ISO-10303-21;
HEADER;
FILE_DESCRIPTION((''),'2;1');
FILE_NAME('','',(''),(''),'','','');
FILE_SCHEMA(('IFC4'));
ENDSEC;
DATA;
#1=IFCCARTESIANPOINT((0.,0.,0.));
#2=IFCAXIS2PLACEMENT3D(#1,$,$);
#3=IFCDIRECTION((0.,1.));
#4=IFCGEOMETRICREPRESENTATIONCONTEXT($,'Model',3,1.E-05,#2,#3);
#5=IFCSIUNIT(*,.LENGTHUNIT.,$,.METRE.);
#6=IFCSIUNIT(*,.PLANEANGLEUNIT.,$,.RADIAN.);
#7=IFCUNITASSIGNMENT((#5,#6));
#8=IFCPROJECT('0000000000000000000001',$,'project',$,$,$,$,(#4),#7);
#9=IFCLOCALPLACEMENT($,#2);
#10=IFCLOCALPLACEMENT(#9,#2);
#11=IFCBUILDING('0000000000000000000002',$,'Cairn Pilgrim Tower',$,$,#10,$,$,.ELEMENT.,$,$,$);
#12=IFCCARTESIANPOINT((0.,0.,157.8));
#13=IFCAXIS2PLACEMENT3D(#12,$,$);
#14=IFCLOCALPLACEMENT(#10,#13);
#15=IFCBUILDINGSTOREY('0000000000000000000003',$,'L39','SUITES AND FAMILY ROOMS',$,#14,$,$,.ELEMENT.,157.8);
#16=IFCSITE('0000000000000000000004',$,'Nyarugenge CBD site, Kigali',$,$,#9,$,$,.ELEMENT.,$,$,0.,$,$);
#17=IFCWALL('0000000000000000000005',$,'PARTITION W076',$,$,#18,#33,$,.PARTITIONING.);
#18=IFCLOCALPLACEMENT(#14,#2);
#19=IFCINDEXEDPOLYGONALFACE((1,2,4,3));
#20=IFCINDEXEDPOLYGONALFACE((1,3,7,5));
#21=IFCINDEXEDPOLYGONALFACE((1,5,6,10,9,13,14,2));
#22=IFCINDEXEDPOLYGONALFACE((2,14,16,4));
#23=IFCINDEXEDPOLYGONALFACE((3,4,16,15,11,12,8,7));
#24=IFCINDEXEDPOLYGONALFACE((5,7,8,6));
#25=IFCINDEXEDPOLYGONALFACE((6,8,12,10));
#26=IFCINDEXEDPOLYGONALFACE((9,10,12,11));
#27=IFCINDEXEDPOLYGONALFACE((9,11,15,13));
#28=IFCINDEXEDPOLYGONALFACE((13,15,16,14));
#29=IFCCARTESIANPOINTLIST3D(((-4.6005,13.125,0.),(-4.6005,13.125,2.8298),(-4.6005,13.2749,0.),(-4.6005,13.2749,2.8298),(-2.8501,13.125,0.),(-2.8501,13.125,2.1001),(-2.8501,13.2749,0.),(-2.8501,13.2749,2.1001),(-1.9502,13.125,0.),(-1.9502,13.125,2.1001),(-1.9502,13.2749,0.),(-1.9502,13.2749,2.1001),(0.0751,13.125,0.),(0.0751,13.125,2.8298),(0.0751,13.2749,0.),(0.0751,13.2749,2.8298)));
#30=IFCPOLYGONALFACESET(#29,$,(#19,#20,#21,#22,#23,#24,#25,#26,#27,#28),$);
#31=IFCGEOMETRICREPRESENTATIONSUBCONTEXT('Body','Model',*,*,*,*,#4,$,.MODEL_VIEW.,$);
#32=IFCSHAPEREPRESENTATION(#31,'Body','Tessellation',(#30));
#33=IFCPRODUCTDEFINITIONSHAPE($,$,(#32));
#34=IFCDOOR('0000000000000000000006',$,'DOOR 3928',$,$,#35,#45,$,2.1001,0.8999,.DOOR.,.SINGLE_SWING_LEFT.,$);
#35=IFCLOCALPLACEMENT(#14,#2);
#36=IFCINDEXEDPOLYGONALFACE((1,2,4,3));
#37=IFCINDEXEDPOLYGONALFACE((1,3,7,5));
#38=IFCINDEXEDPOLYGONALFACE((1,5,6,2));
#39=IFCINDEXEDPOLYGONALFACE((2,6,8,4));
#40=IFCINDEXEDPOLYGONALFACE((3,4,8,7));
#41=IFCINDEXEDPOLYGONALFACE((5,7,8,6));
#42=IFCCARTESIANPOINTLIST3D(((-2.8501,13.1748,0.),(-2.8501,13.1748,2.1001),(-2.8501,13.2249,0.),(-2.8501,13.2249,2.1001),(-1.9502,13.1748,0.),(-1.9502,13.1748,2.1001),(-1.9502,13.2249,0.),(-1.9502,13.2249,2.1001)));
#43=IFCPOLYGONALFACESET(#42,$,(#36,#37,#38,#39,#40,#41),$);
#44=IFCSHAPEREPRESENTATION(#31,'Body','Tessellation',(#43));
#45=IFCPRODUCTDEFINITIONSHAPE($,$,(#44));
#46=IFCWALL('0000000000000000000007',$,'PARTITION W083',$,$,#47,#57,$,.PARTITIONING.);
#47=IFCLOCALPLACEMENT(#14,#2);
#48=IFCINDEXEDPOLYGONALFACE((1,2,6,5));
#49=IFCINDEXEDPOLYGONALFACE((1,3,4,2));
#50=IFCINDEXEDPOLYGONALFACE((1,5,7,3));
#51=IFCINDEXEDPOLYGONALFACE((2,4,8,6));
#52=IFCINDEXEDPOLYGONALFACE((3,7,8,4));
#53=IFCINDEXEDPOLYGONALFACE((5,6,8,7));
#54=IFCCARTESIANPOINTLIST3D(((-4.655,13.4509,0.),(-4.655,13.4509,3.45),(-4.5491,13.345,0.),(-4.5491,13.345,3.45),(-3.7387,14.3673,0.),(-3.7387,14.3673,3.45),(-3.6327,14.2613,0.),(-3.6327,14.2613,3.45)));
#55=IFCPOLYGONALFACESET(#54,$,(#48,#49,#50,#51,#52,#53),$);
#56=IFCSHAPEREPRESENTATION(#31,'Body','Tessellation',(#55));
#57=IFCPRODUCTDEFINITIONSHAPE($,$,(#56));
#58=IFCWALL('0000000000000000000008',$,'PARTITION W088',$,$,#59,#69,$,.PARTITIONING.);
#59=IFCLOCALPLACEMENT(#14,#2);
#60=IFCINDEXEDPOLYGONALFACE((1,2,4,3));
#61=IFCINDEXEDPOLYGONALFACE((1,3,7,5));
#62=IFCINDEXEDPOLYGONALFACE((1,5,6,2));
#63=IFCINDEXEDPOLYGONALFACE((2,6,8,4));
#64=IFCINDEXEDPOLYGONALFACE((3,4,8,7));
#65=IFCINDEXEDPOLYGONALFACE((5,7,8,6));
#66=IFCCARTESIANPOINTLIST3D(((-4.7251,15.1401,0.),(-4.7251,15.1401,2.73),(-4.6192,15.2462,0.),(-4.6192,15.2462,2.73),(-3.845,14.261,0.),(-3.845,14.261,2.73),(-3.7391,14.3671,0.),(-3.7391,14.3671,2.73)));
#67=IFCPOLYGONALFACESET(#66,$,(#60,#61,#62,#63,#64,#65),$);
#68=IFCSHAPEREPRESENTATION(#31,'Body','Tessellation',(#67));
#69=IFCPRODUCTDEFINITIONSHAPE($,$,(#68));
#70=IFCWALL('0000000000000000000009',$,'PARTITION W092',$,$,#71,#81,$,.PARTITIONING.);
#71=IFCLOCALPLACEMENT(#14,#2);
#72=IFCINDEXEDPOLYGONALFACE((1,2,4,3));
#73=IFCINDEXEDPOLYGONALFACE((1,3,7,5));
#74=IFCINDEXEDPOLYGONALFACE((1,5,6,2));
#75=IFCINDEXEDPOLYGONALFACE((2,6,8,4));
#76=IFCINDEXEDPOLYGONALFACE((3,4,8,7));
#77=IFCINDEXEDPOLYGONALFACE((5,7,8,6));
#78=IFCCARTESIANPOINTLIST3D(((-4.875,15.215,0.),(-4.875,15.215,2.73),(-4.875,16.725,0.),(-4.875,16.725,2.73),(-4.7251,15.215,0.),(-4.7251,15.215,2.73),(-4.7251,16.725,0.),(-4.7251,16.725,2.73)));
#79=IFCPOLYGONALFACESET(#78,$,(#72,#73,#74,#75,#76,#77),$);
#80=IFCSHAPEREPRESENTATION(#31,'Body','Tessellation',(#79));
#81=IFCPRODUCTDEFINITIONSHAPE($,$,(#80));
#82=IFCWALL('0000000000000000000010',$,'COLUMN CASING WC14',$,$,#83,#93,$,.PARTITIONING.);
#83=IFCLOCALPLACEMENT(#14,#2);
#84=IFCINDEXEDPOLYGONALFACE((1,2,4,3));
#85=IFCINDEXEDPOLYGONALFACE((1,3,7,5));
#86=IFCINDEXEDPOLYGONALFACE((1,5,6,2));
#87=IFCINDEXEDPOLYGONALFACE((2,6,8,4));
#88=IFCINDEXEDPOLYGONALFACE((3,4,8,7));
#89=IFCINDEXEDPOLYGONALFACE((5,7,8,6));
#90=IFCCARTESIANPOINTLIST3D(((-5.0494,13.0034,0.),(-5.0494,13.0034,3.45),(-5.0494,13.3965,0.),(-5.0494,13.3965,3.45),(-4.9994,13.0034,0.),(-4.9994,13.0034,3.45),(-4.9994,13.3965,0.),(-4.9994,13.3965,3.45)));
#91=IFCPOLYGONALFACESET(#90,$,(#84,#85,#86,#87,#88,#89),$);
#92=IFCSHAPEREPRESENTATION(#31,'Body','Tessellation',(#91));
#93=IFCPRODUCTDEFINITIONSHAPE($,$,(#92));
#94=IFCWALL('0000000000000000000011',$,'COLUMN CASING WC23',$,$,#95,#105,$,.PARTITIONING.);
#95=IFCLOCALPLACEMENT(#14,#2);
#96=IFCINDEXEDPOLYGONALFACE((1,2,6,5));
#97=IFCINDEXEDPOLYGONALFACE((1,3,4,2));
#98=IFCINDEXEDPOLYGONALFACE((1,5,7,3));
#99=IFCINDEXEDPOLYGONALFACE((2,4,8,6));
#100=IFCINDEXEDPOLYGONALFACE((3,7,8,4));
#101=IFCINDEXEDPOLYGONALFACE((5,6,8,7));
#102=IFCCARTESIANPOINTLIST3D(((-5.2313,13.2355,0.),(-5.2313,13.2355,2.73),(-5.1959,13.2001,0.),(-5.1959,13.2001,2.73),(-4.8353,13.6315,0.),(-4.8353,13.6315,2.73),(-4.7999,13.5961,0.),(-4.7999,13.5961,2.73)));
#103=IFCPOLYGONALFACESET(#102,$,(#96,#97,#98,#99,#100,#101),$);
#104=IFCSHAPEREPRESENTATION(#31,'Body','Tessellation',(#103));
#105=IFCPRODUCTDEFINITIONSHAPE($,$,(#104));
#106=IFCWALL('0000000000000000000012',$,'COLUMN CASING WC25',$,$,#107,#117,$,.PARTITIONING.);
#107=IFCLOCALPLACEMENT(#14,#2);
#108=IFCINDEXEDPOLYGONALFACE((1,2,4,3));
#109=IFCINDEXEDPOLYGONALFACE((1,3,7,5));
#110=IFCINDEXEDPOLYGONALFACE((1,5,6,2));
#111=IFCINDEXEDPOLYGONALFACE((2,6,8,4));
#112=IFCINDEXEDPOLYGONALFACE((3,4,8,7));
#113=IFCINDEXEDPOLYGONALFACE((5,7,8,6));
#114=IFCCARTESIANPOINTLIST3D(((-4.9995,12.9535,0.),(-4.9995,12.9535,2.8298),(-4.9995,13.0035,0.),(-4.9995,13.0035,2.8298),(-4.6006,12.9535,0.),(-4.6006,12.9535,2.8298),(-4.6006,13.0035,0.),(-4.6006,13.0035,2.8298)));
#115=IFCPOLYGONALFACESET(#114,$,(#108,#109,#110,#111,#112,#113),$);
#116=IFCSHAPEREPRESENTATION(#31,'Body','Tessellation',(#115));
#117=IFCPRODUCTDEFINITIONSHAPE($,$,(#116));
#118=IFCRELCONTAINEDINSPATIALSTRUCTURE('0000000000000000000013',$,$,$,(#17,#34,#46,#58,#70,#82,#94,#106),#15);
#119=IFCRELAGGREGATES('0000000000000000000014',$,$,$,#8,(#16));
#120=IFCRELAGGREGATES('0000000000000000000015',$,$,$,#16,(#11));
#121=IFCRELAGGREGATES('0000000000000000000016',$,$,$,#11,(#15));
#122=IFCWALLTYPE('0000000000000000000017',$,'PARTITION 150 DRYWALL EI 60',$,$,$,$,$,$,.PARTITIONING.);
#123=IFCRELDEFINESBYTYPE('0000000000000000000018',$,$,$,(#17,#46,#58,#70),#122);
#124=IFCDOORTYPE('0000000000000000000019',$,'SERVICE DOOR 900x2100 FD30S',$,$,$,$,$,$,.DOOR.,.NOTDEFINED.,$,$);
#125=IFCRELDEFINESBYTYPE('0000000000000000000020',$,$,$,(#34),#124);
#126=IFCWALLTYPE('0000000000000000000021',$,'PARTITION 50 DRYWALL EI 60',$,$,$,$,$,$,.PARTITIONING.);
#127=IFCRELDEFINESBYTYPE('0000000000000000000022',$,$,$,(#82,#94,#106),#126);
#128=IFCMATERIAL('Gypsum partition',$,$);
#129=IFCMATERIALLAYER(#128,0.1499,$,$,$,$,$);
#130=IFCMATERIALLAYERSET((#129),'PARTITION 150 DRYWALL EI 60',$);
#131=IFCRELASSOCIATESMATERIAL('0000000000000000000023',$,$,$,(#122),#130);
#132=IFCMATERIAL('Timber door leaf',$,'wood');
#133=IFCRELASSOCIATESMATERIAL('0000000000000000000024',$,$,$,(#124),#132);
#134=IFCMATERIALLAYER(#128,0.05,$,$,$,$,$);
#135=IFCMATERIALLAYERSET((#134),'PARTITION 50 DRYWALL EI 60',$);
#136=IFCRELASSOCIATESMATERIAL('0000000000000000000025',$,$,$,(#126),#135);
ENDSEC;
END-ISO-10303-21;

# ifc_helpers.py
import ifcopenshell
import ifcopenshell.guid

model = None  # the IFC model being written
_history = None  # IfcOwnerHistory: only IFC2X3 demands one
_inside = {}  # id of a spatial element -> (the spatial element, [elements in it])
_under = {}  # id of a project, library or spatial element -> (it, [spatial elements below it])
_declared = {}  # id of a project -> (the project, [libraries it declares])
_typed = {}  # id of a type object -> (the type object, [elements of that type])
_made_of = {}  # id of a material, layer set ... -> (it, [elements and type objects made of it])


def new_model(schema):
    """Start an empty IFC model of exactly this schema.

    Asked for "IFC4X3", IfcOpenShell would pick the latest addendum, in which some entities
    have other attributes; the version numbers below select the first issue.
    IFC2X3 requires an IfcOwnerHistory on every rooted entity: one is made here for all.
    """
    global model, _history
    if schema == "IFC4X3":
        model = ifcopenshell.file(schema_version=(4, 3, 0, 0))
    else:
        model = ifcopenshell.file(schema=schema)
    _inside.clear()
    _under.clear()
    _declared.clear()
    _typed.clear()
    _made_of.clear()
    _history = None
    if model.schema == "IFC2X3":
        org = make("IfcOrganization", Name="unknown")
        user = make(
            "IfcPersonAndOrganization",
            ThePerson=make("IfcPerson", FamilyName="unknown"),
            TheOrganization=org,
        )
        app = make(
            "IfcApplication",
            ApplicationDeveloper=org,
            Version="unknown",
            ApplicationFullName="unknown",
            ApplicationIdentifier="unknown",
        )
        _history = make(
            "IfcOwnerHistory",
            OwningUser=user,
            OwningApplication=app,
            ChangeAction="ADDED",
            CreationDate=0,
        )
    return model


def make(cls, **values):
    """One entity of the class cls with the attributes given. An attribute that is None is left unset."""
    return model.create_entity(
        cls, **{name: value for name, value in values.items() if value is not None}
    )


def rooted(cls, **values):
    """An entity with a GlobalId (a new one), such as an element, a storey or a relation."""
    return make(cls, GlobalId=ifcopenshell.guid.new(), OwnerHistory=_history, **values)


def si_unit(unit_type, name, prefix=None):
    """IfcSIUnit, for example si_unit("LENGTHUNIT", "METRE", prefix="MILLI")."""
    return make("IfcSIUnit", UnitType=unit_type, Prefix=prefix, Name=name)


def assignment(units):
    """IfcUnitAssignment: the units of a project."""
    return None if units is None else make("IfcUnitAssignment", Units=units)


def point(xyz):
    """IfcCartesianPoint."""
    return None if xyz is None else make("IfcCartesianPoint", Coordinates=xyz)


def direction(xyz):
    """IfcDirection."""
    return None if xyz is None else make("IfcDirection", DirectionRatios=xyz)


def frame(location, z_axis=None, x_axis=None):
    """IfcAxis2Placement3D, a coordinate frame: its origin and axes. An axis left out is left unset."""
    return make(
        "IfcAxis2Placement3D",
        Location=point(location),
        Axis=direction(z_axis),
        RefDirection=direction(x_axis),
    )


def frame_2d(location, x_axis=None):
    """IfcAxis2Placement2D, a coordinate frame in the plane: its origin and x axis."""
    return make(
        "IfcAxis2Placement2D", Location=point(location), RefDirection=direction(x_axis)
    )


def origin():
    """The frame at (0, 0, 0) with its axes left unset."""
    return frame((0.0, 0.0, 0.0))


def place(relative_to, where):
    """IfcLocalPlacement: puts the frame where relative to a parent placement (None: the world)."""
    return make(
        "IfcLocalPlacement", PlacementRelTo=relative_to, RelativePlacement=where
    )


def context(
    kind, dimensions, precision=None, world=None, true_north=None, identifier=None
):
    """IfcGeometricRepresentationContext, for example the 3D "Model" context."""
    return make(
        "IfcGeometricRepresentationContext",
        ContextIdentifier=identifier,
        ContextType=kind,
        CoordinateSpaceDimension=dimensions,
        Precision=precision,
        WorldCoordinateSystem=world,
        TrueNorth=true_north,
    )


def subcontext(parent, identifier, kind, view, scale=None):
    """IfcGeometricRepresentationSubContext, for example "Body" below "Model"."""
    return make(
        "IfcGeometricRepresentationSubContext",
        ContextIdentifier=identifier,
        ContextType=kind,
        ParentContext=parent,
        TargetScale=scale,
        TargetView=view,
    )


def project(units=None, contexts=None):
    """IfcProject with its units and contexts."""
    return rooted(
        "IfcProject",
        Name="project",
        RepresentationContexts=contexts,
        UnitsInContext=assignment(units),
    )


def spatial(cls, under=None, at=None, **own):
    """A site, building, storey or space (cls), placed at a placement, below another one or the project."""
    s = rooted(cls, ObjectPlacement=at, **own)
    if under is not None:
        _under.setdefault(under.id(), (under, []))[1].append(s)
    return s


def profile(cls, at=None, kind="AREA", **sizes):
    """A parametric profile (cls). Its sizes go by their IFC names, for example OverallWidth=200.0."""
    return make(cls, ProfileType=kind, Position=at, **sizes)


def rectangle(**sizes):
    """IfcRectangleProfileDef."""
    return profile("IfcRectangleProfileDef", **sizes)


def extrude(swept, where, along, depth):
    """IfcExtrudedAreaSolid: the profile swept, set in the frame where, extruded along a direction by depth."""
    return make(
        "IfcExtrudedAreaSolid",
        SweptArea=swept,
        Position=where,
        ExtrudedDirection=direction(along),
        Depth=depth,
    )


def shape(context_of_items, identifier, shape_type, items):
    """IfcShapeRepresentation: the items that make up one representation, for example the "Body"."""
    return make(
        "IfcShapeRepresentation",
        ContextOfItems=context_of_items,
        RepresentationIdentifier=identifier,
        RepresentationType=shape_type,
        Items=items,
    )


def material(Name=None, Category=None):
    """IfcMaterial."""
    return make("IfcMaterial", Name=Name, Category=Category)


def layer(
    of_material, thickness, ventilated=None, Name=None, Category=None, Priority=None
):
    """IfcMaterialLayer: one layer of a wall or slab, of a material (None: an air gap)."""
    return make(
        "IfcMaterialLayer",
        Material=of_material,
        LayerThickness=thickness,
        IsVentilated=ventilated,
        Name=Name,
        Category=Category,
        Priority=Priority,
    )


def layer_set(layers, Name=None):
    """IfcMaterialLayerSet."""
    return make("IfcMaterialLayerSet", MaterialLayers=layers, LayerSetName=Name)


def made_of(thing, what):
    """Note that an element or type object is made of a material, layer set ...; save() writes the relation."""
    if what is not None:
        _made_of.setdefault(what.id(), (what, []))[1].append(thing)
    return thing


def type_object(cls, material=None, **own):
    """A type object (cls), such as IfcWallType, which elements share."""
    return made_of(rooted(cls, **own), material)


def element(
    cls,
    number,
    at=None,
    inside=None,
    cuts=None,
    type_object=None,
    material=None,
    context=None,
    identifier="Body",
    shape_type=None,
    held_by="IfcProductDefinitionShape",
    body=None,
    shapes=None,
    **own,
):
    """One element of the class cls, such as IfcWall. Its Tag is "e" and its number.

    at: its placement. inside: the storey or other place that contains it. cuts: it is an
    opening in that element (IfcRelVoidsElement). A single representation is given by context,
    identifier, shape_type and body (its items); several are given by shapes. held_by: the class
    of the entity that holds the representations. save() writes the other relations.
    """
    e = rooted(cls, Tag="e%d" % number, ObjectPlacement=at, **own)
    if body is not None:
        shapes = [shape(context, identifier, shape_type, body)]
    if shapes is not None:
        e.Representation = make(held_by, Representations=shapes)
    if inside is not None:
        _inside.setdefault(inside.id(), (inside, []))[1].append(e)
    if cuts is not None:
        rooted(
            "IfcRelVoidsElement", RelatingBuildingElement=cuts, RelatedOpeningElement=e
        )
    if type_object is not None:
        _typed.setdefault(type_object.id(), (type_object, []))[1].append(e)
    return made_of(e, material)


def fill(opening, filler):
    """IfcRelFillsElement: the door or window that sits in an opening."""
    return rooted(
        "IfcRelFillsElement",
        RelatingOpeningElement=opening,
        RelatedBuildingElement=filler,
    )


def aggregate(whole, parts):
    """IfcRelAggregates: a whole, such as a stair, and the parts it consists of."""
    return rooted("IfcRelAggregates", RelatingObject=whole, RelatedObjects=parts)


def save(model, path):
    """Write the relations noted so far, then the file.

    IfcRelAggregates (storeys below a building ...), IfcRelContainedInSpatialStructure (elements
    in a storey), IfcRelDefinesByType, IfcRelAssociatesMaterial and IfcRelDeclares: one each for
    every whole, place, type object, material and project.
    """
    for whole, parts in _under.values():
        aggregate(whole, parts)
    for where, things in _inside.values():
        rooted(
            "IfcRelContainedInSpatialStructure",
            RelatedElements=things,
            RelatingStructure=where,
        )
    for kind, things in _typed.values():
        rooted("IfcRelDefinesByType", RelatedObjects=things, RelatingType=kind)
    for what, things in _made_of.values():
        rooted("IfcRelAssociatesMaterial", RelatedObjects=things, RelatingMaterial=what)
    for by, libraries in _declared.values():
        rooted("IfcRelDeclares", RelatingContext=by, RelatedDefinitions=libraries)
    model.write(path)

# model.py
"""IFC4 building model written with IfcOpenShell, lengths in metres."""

from ifc_helpers import new_model, si_unit, direction, frame, frame_2d, origin, place, context, subcontext, project, spatial, rectangle, extrude, material, layer, layer_set, type_object, element, fill, save


model = new_model("IFC4")

# Units and contexts
model_context = context("Model", 3, precision=1e-05, world=origin(), true_north=direction((0.0, 1.0)))
body_context = subcontext(model_context, "Body", "Model", "MODEL_VIEW")
ifc_project = project(units=[si_unit("LENGTHUNIT", "METRE"), si_unit("PLANEANGLEUNIT", "RADIAN")], contexts=[model_context])

# Site, building, storey
site_placement = place(None, origin())
site = spatial("IfcSite", under=ifc_project, at=site_placement, Name="Nyarugenge CBD site, Kigali", CompositionType="ELEMENT", RefElevation=0.0)
building_placement = place(site_placement, origin())
building = spatial("IfcBuilding", under=site, at=building_placement, Name="Cairn Pilgrim Tower", CompositionType="ELEMENT")
storey_placement = place(building_placement, frame((0.0, 0.0, 157.8)))
storey = spatial("IfcBuildingStorey", under=building, at=storey_placement, Name="L39", Description="SUITES AND FAMILY ROOMS", CompositionType="ELEMENT", Elevation=157.8)

# Shared definitions
ifc_material_1 = material(Name="Gypsum partition")
ifc_layer_1 = layer(ifc_material_1, 0.1499)
ifc_layer_set_1 = layer_set([ifc_layer_1], Name="PARTITION 150 DRYWALL EI 60")
wall_type_1 = type_object("IfcWallType", Name="PARTITION 150 DRYWALL EI 60", PredefinedType="PARTITIONING", material=ifc_layer_set_1)

# Wall, opening, door
wall_1_placement = place(storey_placement, frame((-4.6006, 13.2, 0.0), z_axis=(0.0, 0.0, 1.0), x_axis=(1.0, 0.0, 0.0)))
wall_1 = element("IfcWall", 1, at=wall_1_placement, inside=storey, type_object=wall_type_1, Name="PARTITION W076", PredefinedType="PARTITIONING", context=body_context, shape_type="SweptSolid", body=[
    extrude(rectangle(XDim=4.6755, YDim=0.1499, at=frame_2d((2.3379, 0.0))), origin(), (0.0, 0.0, 1.0), 2.8298),
])
opening_placement = place(wall_1_placement, frame((1.7505, 0.0, 0.0)))
opening = element("IfcOpeningElement", 2, at=opening_placement, cuts=wall_1, PredefinedType="OPENING", context=body_context, shape_type="SweptSolid", body=[
    extrude(rectangle(XDim=0.8999, YDim=2.1001, at=frame_2d((0.45, 1.05))), frame((0.0, 0.085, 0.0), z_axis=(0.0, -1.0, 0.0), x_axis=(1.0, 0.0, 0.0)), (0.0, 0.0, 1.0), 0.1699),
])
ifc_material_2 = material(Name="Timber door leaf", Category="wood")
door_type = type_object("IfcDoorType", Name="SERVICE DOOR 900x2100 FD30S", OperationType="NOTDEFINED", PredefinedType="DOOR", material=ifc_material_2)
door_placement = place(opening_placement, origin())
door = element("IfcDoor", 3, at=door_placement, inside=storey, type_object=door_type, Name="DOOR 3928", OperationType="SINGLE_SWING_LEFT", OverallHeight=2.1001, OverallWidth=0.8999, PredefinedType="DOOR", context=body_context, shape_type="SweptSolid", body=[
    extrude(rectangle(XDim=0.8999, YDim=2.1001, at=frame_2d((0.45, 1.05))), frame((0.0, 0.0249, 0.0), z_axis=(0.0, -1.0, 0.0), x_axis=(1.0, 0.0, 0.0)), (0.0, 0.0, 1.0), 0.05),
])
fill(opening, door)

# Walls
wall_2_placement = place(storey_placement, frame((-4.6021, 13.3979, 0.0), z_axis=(0.0, 0.0, 1.0), x_axis=(0.707107, 0.707107, 0.0)))
element("IfcWall", 4, at=wall_2_placement, inside=storey, type_object=wall_type_1, Name="PARTITION W083", PredefinedType="PARTITIONING", context=body_context, shape_type="SweptSolid", body=[
    extrude(rectangle(XDim=1.2959, YDim=0.1499, at=frame_2d((0.6479, 0.0))), origin(), (0.0, 0.0, 1.0), 3.45),
])
wall_3_placement = place(storey_placement, frame((-3.792, 14.314, 0.0), z_axis=(0.0, 0.0, 1.0), x_axis=(-0.707499, 0.706714, 0.0)))
element("IfcWall", 5, at=wall_3_placement, inside=storey, type_object=wall_type_1, Name="PARTITION W088", PredefinedType="PARTITIONING", context=body_context, shape_type="SweptSolid", body=[
    extrude(rectangle(XDim=1.2439, YDim=0.1499, at=frame_2d((0.6221, 0.0))), origin(), (0.0, 0.0, 1.0), 2.73),
])
wall_4_placement = place(storey_placement, frame((-4.8, 15.2151, 0.0), z_axis=(0.0, 0.0, 1.0), x_axis=(0.0, 1.0, 0.0)))
element("IfcWall", 6, at=wall_4_placement, inside=storey, type_object=wall_type_1, Name="PARTITION W092", PredefinedType="PARTITIONING", context=body_context, shape_type="SweptSolid", body=[
    extrude(rectangle(XDim=1.51, YDim=0.1499, at=frame_2d((0.7549, 0.0))), origin(), (0.0, 0.0, 1.0), 2.73),
])
ifc_layer_2 = layer(ifc_material_1, 0.05)
ifc_layer_set_2 = layer_set([ifc_layer_2], Name="PARTITION 50 DRYWALL EI 60")
wall_type_2 = type_object("IfcWallType", Name="PARTITION 50 DRYWALL EI 60", PredefinedType="PARTITIONING", material=ifc_layer_set_2)
wall_5_placement = place(storey_placement, frame((-5.0244, 13.0034, 0.0), z_axis=(0.0, 0.0, 1.0), x_axis=(0.0, 1.0, 0.0)))
element("IfcWall", 7, at=wall_5_placement, inside=storey, type_object=wall_type_2, Name="COLUMN CASING WC14", PredefinedType="PARTITIONING", context=body_context, shape_type="SweptSolid", body=[
    extrude(rectangle(XDim=0.3931, YDim=0.05, at=frame_2d((0.1965, 0.0))), origin(), (0.0, 0.0, 1.0), 3.45),
])
wall_6_placement = place(storey_placement, frame((-5.2136, 13.2178, 0.0), z_axis=(0.0, 0.0, 1.0), x_axis=(0.707107, 0.707107, 0.0)))
element("IfcWall", 8, at=wall_6_placement, inside=storey, type_object=wall_type_2, Name="COLUMN CASING WC23", PredefinedType="PARTITIONING", context=body_context, shape_type="SweptSolid", body=[
    extrude(rectangle(XDim=0.5601, YDim=0.05, at=frame_2d((0.28, 0.0))), origin(), (0.0, 0.0, 1.0), 2.73),
])
wall_7_placement = place(storey_placement, frame((-4.9995, 12.9785, 0.0), z_axis=(0.0, 0.0, 1.0), x_axis=(1.0, 0.0, 0.0)))
element("IfcWall", 9, at=wall_7_placement, inside=storey, type_object=wall_type_2, Name="COLUMN CASING WC25", PredefinedType="PARTITIONING", context=body_context, shape_type="SweptSolid", body=[
    extrude(rectangle(XDim=0.3989, YDim=0.05, at=frame_2d((0.1995, 0.0))), origin(), (0.0, 0.0, 1.0), 2.8298),
])

save(model, "model.ifc")
